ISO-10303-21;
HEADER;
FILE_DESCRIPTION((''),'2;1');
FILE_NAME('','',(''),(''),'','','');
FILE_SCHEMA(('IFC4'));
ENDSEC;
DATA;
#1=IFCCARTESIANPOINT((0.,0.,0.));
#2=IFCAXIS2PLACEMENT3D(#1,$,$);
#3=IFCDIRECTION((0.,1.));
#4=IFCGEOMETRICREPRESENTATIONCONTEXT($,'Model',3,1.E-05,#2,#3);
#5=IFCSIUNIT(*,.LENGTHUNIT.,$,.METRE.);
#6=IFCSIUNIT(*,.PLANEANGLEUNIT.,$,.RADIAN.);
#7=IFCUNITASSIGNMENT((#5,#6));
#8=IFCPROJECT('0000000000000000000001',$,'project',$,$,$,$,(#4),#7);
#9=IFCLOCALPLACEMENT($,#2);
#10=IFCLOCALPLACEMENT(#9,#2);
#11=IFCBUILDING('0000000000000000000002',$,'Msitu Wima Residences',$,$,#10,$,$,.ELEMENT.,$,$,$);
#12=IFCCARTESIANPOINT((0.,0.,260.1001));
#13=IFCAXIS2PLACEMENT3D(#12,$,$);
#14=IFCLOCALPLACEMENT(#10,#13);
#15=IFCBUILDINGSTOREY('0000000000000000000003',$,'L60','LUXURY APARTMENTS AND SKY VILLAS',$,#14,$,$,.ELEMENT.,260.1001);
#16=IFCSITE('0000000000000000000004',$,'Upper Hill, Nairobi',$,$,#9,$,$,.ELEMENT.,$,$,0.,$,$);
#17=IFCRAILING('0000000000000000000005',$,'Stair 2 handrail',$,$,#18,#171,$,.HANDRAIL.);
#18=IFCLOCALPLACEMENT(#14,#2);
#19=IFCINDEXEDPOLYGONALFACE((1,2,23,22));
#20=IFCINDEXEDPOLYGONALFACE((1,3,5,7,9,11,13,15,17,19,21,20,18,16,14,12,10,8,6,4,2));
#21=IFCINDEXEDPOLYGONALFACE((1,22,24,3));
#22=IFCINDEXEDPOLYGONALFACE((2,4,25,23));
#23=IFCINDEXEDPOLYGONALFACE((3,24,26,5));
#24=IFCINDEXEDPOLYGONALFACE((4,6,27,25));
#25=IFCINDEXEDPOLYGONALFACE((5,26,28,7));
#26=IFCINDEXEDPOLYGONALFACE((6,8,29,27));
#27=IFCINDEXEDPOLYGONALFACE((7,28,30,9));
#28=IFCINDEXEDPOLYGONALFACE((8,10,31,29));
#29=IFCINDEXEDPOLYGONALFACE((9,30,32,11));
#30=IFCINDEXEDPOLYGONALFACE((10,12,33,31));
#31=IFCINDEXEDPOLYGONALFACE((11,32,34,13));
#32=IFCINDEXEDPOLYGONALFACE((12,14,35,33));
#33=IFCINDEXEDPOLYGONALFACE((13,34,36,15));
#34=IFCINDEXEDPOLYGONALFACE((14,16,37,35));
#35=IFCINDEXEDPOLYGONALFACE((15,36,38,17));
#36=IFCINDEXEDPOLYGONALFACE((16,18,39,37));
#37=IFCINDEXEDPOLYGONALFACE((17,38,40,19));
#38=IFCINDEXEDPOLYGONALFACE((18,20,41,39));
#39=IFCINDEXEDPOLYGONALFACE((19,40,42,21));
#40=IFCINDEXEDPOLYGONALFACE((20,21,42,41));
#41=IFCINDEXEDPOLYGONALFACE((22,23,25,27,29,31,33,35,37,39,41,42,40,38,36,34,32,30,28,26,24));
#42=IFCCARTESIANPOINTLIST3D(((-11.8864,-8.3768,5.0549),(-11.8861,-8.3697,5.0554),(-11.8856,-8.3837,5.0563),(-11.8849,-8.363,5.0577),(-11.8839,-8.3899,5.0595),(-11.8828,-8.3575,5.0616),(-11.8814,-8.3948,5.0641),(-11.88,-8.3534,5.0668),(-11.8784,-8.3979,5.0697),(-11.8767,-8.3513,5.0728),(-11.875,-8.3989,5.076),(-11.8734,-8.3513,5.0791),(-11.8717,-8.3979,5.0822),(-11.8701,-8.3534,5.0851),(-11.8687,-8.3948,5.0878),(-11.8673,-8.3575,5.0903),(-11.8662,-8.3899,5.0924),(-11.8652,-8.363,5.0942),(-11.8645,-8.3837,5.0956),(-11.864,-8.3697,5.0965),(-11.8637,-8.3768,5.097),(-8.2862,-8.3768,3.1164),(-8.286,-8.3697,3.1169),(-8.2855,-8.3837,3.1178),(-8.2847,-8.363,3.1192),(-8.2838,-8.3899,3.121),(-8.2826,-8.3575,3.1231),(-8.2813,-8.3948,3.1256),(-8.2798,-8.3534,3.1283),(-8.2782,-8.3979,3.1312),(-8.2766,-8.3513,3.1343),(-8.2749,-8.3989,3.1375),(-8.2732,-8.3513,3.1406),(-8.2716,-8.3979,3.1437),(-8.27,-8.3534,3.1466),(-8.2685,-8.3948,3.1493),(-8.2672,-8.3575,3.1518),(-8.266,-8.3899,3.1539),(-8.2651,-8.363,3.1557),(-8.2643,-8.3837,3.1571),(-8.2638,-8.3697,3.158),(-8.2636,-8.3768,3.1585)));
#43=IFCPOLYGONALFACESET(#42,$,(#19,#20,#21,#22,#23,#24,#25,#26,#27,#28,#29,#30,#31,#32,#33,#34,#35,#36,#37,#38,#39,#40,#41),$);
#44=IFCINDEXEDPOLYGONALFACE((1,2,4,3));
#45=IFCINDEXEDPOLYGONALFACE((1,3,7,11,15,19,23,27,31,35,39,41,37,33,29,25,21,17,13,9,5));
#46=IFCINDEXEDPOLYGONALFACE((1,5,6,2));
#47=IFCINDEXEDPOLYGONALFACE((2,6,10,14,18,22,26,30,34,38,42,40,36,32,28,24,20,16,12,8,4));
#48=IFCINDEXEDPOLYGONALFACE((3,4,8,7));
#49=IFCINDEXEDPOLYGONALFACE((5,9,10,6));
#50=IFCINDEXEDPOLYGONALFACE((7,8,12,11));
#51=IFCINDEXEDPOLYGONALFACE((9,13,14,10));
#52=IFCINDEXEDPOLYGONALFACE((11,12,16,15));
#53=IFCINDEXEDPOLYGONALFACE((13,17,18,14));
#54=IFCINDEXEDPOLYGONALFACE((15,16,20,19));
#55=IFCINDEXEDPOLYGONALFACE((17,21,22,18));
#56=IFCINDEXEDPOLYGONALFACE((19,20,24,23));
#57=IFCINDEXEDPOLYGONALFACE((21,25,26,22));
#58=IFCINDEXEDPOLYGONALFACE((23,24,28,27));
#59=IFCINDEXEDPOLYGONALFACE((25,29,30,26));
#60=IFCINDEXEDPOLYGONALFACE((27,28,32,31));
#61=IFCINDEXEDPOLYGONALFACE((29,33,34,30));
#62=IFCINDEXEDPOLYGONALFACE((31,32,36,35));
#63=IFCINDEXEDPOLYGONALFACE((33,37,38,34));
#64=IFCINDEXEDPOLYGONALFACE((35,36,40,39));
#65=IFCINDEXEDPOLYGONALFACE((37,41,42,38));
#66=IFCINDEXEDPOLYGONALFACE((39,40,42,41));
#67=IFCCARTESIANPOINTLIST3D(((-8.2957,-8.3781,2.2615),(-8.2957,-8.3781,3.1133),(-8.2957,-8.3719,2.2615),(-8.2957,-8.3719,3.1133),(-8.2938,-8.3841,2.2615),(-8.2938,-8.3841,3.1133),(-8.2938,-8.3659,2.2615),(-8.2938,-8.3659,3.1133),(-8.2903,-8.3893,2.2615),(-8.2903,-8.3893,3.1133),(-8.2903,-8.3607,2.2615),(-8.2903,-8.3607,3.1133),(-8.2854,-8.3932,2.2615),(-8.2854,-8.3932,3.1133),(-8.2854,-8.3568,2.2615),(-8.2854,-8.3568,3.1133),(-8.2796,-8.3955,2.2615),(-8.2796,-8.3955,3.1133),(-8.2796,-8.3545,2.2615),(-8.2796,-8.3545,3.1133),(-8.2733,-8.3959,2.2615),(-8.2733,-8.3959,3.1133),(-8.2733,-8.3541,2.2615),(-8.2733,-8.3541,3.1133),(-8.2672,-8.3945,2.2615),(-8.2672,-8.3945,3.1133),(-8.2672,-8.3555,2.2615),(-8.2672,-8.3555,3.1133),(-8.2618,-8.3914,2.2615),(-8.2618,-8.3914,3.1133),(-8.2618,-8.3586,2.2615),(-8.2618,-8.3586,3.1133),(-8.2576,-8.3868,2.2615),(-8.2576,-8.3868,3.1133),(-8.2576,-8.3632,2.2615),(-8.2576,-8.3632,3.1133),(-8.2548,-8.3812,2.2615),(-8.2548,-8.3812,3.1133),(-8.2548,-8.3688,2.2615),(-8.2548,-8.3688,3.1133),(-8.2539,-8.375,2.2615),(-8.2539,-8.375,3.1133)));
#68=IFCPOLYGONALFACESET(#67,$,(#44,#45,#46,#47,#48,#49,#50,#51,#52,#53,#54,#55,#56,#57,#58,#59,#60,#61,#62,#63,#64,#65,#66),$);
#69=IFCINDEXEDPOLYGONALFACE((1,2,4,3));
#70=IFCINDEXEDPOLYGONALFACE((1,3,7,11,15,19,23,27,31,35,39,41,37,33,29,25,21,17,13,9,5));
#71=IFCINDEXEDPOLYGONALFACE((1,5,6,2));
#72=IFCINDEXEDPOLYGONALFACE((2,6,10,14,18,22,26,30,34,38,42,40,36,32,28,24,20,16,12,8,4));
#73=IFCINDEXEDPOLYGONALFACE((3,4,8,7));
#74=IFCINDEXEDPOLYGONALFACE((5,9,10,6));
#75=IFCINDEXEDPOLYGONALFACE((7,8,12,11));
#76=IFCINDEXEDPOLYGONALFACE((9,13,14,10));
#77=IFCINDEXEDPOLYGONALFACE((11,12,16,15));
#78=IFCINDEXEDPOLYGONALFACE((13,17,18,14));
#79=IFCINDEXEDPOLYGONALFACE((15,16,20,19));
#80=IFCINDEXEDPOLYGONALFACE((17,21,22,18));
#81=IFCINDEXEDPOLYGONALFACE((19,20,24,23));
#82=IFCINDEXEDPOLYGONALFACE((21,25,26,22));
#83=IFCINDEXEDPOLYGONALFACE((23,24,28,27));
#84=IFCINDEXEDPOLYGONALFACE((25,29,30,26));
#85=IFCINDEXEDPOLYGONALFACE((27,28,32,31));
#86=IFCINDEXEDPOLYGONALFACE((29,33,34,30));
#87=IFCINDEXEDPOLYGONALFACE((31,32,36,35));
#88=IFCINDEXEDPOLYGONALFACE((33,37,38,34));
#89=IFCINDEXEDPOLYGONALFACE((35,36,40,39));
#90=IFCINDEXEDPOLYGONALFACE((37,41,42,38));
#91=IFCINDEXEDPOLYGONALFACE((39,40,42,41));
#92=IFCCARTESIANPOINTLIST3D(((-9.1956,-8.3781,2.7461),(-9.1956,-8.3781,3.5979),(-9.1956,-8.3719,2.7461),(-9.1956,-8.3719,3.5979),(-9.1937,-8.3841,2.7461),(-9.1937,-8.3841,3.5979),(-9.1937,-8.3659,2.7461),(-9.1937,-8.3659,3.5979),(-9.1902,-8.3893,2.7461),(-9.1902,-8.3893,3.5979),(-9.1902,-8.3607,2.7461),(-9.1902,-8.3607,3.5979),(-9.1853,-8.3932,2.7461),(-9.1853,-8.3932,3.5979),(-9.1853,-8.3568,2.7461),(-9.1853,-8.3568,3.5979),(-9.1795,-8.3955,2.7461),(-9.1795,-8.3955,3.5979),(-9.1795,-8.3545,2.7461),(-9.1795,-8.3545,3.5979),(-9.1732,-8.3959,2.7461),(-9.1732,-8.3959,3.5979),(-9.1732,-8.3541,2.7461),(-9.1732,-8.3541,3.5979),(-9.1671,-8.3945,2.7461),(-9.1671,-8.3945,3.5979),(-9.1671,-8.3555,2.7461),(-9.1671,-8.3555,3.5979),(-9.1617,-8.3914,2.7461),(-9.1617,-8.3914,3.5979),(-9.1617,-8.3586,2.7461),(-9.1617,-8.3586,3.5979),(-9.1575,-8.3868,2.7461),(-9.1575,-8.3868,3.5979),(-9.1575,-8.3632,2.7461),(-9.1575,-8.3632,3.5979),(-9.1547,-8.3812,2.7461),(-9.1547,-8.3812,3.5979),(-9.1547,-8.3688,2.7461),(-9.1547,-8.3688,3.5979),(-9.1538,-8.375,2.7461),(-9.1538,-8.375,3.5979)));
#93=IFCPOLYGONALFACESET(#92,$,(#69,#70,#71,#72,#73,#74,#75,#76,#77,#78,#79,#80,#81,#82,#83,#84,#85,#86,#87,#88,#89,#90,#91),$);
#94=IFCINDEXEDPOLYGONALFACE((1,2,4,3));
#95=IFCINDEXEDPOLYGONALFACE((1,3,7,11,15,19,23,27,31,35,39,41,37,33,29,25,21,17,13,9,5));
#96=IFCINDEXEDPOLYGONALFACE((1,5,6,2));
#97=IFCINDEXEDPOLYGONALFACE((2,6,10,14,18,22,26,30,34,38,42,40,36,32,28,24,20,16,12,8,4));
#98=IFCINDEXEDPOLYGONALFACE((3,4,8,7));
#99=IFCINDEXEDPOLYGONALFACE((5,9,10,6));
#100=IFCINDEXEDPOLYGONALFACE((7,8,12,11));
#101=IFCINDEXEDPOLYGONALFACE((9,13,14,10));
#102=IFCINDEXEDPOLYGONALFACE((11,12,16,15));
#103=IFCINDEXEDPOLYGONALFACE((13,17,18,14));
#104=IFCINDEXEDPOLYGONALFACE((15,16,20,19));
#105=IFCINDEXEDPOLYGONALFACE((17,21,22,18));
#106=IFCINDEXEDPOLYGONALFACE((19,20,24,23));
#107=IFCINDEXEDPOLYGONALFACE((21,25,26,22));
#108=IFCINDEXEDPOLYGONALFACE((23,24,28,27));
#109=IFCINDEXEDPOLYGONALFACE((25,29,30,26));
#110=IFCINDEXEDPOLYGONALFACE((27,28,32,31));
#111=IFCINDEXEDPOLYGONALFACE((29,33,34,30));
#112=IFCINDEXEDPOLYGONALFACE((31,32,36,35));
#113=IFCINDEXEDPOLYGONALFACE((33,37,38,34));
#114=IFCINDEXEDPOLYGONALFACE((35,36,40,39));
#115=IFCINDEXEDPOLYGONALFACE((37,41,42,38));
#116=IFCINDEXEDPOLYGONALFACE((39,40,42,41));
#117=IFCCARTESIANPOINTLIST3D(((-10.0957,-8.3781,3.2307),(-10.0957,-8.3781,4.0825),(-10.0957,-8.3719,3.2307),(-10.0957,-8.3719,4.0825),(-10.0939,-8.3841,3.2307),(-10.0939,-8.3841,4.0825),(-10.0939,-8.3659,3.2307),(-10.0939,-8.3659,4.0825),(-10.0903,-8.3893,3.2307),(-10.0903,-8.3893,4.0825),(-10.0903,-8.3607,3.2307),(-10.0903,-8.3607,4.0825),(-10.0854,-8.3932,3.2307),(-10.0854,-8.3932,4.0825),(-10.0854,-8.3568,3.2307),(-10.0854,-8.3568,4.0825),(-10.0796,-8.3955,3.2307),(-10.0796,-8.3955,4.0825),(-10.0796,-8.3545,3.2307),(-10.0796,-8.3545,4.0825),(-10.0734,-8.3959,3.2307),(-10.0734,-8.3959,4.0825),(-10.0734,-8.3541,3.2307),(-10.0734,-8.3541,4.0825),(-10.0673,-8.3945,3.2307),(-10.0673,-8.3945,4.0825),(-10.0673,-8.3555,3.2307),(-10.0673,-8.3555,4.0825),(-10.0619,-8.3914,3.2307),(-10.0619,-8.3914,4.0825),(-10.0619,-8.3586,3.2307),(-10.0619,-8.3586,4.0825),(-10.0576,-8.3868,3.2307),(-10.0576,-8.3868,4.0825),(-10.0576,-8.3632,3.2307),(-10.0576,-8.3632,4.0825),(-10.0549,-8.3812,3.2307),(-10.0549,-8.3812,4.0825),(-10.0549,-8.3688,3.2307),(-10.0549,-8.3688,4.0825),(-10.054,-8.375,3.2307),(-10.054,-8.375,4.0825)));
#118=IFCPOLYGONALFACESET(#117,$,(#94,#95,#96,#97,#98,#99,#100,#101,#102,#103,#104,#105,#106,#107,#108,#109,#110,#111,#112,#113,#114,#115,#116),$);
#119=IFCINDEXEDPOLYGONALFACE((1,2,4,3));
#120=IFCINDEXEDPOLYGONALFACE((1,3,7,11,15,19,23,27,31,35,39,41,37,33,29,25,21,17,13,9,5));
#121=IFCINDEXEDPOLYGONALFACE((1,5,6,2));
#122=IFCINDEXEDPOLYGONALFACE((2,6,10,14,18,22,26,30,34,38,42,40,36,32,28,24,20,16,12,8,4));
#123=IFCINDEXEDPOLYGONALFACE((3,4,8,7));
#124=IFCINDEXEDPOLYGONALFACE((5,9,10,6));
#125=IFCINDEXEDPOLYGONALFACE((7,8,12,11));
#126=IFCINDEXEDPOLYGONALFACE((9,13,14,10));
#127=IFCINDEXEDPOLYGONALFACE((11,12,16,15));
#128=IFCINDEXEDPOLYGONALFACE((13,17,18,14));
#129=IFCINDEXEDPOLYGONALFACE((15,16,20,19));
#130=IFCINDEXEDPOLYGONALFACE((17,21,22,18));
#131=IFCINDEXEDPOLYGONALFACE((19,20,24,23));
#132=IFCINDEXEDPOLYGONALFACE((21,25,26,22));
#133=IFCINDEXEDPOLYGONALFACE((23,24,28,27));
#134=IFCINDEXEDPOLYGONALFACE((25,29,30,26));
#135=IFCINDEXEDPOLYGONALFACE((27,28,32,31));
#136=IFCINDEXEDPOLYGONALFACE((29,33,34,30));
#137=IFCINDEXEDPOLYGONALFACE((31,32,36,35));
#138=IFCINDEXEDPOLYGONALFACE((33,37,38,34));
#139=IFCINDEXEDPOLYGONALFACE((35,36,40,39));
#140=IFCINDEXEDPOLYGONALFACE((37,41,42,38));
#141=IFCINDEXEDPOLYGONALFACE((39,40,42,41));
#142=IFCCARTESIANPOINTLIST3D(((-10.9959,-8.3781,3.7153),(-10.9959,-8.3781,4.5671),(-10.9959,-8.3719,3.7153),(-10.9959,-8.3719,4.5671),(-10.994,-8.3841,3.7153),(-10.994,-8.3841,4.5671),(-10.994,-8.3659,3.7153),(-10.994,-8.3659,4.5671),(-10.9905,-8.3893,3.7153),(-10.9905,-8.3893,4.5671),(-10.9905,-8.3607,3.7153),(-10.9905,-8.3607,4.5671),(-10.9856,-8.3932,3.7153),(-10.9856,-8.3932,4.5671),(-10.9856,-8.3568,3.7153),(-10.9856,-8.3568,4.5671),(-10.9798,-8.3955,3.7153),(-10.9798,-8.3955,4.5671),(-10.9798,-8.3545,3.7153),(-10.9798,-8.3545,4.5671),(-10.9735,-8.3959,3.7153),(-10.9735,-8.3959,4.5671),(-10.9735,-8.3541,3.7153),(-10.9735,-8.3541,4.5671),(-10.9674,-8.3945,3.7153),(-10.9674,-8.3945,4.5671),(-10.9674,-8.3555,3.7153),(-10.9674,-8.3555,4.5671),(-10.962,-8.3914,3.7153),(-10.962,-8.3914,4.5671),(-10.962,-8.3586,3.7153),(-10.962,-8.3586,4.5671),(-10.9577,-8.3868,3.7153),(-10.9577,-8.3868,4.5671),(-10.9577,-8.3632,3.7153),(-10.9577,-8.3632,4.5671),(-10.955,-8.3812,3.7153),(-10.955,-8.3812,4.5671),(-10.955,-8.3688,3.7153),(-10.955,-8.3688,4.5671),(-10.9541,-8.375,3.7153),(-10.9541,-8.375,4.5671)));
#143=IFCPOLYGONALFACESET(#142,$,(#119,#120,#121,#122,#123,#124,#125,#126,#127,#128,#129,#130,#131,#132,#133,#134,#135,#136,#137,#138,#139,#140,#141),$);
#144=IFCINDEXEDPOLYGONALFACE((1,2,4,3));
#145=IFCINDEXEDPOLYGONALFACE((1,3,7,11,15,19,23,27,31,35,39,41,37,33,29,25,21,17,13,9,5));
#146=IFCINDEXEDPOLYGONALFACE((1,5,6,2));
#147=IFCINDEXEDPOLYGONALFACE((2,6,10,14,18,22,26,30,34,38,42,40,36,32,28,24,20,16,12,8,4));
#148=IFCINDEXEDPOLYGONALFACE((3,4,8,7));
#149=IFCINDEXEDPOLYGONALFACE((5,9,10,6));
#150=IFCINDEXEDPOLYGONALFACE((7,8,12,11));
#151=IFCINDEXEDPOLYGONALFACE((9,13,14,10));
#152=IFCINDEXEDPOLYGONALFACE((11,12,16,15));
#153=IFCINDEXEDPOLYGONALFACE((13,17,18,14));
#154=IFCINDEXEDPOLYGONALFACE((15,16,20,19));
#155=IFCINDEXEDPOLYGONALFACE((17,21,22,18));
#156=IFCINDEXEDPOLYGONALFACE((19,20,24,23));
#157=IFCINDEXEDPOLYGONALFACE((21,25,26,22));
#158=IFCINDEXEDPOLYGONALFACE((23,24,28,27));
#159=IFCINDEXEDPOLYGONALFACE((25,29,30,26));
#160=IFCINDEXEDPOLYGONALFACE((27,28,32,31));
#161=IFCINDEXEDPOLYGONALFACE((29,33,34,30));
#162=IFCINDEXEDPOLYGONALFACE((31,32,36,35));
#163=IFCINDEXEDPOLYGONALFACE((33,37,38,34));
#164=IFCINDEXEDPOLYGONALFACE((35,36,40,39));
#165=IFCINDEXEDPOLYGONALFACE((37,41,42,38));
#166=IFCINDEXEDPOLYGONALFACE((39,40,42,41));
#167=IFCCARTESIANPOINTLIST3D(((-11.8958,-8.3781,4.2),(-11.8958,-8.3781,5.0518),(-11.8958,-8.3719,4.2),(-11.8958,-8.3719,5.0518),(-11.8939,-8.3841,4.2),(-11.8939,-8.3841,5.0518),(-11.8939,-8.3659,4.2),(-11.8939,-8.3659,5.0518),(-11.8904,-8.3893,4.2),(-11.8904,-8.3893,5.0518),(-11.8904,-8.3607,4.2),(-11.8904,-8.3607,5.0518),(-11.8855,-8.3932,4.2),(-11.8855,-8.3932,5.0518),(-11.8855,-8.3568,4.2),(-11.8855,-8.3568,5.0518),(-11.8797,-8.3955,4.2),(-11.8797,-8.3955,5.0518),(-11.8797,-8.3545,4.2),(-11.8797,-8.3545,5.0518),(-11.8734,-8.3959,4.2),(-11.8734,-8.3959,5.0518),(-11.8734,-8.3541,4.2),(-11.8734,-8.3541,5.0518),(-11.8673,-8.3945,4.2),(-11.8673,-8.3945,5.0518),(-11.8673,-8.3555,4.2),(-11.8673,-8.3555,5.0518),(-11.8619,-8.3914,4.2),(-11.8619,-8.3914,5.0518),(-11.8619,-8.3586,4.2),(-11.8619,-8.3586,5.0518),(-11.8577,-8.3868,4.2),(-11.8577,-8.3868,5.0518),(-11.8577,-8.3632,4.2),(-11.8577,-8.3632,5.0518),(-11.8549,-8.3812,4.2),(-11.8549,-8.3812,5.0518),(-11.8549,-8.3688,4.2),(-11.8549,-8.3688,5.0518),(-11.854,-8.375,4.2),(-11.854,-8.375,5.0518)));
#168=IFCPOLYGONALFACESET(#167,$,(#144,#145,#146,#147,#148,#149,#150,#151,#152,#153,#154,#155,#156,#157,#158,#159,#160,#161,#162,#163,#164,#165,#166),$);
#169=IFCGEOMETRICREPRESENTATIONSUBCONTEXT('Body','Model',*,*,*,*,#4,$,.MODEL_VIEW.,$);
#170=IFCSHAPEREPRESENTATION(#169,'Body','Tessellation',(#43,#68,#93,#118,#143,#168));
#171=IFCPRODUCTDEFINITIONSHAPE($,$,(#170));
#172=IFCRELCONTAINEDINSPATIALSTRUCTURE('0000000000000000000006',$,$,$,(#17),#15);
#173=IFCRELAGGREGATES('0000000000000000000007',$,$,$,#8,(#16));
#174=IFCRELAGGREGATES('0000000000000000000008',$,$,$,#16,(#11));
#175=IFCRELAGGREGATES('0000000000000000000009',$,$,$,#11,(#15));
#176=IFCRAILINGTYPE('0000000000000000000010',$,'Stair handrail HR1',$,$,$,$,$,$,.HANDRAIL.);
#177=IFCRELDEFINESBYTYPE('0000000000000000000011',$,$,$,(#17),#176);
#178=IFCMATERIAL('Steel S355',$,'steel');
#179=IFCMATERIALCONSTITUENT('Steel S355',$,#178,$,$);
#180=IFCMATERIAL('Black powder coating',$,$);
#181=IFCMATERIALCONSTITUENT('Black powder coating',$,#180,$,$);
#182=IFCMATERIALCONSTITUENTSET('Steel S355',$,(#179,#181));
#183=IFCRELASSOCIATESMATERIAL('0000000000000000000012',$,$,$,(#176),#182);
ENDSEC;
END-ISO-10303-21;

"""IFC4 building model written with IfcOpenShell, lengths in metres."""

from ifc_helpers import new_model, si_unit, direction, frame, origin, origin_2d, place, context, subcontext, project, spatial, circle, extrude, material, constituent, constituent_set, type_object, element, save


model = new_model("IFC4")

# Units and contexts
model_context = context("Model", 3, precision=1e-05, world=origin(), true_north=direction((0.0, 1.0)))
body_context = subcontext(model_context, "Body", "Model", "MODEL_VIEW")
ifc_project = project(units=[si_unit("LENGTHUNIT", "METRE"), si_unit("PLANEANGLEUNIT", "RADIAN")], contexts=[model_context])

# Site, building, storey
site_placement = place(None, origin())
site = spatial("IfcSite", under=ifc_project, at=site_placement, Name="Upper Hill, Nairobi", CompositionType="ELEMENT", RefElevation=0.0)
building_placement = place(site_placement, origin())
building = spatial("IfcBuilding", under=site, at=building_placement, Name="Msitu Wima Residences", CompositionType="ELEMENT")
storey_placement = place(building_placement, frame((0.0, 0.0, 260.1001)))
storey = spatial("IfcBuildingStorey", under=building, at=storey_placement, Name="L60", Description="LUXURY APARTMENTS AND SKY VILLAS", CompositionType="ELEMENT", Elevation=260.1001)

# Railing
ifc_material_1 = material(Name="Steel S355", Category="steel")
ifc_constituent_1 = constituent(ifc_material_1, Name="Steel S355")
ifc_material_2 = material(Name="Black powder coating")
ifc_constituent_2 = constituent(ifc_material_2, Name="Black powder coating")
ifc_constituent_set = constituent_set(constituents=[ifc_constituent_1, ifc_constituent_2], Name="Steel S355")
railing_type = type_object("IfcRailingType", Name="Stair handrail HR1", PredefinedType="HANDRAIL", material=ifc_constituent_set)
for number, where, name in (
    (1, (-8.2749, -8.375, 2.2615), "Stair 2 handrail"),
):
    element("IfcRailing", number, at=place(storey_placement, frame(where)), inside=storey, type_object=railing_type, Name=name, PredefinedType="HANDRAIL", context=body_context, shape_type="SweptSolid", body=[
        extrude(circle(Radius=0.0239, at=origin_2d()), frame((0.0, 0.0, 0.876), z_axis=(-0.880475, 0.0, 0.474093), x_axis=(0.0, -1.0, 0.0)), (0.0, 0.0, 1.0), 4.0889),
        extrude(circle(Radius=0.021, at=origin_2d()), origin(), (0.0, 0.0, 1.0), 0.8518),
        extrude(circle(Radius=0.021, at=origin_2d()), frame((-0.8999, 0.0, 0.4846)), (0.0, 0.0, 1.0), 0.8518),
        extrude(circle(Radius=0.021, at=origin_2d()), frame((-1.8, 0.0, 0.9692)), (0.0, 0.0, 1.0), 0.8518),
        extrude(circle(Radius=0.021, at=origin_2d()), frame((-2.7002, 0.0, 1.4539)), (0.0, 0.0, 1.0), 0.8518),
        extrude(circle(Radius=0.021, at=origin_2d()), frame((-3.6001, 0.0, 1.9385)), (0.0, 0.0, 1.0), 0.8518),
    ])

save(model, "model.ifc")
